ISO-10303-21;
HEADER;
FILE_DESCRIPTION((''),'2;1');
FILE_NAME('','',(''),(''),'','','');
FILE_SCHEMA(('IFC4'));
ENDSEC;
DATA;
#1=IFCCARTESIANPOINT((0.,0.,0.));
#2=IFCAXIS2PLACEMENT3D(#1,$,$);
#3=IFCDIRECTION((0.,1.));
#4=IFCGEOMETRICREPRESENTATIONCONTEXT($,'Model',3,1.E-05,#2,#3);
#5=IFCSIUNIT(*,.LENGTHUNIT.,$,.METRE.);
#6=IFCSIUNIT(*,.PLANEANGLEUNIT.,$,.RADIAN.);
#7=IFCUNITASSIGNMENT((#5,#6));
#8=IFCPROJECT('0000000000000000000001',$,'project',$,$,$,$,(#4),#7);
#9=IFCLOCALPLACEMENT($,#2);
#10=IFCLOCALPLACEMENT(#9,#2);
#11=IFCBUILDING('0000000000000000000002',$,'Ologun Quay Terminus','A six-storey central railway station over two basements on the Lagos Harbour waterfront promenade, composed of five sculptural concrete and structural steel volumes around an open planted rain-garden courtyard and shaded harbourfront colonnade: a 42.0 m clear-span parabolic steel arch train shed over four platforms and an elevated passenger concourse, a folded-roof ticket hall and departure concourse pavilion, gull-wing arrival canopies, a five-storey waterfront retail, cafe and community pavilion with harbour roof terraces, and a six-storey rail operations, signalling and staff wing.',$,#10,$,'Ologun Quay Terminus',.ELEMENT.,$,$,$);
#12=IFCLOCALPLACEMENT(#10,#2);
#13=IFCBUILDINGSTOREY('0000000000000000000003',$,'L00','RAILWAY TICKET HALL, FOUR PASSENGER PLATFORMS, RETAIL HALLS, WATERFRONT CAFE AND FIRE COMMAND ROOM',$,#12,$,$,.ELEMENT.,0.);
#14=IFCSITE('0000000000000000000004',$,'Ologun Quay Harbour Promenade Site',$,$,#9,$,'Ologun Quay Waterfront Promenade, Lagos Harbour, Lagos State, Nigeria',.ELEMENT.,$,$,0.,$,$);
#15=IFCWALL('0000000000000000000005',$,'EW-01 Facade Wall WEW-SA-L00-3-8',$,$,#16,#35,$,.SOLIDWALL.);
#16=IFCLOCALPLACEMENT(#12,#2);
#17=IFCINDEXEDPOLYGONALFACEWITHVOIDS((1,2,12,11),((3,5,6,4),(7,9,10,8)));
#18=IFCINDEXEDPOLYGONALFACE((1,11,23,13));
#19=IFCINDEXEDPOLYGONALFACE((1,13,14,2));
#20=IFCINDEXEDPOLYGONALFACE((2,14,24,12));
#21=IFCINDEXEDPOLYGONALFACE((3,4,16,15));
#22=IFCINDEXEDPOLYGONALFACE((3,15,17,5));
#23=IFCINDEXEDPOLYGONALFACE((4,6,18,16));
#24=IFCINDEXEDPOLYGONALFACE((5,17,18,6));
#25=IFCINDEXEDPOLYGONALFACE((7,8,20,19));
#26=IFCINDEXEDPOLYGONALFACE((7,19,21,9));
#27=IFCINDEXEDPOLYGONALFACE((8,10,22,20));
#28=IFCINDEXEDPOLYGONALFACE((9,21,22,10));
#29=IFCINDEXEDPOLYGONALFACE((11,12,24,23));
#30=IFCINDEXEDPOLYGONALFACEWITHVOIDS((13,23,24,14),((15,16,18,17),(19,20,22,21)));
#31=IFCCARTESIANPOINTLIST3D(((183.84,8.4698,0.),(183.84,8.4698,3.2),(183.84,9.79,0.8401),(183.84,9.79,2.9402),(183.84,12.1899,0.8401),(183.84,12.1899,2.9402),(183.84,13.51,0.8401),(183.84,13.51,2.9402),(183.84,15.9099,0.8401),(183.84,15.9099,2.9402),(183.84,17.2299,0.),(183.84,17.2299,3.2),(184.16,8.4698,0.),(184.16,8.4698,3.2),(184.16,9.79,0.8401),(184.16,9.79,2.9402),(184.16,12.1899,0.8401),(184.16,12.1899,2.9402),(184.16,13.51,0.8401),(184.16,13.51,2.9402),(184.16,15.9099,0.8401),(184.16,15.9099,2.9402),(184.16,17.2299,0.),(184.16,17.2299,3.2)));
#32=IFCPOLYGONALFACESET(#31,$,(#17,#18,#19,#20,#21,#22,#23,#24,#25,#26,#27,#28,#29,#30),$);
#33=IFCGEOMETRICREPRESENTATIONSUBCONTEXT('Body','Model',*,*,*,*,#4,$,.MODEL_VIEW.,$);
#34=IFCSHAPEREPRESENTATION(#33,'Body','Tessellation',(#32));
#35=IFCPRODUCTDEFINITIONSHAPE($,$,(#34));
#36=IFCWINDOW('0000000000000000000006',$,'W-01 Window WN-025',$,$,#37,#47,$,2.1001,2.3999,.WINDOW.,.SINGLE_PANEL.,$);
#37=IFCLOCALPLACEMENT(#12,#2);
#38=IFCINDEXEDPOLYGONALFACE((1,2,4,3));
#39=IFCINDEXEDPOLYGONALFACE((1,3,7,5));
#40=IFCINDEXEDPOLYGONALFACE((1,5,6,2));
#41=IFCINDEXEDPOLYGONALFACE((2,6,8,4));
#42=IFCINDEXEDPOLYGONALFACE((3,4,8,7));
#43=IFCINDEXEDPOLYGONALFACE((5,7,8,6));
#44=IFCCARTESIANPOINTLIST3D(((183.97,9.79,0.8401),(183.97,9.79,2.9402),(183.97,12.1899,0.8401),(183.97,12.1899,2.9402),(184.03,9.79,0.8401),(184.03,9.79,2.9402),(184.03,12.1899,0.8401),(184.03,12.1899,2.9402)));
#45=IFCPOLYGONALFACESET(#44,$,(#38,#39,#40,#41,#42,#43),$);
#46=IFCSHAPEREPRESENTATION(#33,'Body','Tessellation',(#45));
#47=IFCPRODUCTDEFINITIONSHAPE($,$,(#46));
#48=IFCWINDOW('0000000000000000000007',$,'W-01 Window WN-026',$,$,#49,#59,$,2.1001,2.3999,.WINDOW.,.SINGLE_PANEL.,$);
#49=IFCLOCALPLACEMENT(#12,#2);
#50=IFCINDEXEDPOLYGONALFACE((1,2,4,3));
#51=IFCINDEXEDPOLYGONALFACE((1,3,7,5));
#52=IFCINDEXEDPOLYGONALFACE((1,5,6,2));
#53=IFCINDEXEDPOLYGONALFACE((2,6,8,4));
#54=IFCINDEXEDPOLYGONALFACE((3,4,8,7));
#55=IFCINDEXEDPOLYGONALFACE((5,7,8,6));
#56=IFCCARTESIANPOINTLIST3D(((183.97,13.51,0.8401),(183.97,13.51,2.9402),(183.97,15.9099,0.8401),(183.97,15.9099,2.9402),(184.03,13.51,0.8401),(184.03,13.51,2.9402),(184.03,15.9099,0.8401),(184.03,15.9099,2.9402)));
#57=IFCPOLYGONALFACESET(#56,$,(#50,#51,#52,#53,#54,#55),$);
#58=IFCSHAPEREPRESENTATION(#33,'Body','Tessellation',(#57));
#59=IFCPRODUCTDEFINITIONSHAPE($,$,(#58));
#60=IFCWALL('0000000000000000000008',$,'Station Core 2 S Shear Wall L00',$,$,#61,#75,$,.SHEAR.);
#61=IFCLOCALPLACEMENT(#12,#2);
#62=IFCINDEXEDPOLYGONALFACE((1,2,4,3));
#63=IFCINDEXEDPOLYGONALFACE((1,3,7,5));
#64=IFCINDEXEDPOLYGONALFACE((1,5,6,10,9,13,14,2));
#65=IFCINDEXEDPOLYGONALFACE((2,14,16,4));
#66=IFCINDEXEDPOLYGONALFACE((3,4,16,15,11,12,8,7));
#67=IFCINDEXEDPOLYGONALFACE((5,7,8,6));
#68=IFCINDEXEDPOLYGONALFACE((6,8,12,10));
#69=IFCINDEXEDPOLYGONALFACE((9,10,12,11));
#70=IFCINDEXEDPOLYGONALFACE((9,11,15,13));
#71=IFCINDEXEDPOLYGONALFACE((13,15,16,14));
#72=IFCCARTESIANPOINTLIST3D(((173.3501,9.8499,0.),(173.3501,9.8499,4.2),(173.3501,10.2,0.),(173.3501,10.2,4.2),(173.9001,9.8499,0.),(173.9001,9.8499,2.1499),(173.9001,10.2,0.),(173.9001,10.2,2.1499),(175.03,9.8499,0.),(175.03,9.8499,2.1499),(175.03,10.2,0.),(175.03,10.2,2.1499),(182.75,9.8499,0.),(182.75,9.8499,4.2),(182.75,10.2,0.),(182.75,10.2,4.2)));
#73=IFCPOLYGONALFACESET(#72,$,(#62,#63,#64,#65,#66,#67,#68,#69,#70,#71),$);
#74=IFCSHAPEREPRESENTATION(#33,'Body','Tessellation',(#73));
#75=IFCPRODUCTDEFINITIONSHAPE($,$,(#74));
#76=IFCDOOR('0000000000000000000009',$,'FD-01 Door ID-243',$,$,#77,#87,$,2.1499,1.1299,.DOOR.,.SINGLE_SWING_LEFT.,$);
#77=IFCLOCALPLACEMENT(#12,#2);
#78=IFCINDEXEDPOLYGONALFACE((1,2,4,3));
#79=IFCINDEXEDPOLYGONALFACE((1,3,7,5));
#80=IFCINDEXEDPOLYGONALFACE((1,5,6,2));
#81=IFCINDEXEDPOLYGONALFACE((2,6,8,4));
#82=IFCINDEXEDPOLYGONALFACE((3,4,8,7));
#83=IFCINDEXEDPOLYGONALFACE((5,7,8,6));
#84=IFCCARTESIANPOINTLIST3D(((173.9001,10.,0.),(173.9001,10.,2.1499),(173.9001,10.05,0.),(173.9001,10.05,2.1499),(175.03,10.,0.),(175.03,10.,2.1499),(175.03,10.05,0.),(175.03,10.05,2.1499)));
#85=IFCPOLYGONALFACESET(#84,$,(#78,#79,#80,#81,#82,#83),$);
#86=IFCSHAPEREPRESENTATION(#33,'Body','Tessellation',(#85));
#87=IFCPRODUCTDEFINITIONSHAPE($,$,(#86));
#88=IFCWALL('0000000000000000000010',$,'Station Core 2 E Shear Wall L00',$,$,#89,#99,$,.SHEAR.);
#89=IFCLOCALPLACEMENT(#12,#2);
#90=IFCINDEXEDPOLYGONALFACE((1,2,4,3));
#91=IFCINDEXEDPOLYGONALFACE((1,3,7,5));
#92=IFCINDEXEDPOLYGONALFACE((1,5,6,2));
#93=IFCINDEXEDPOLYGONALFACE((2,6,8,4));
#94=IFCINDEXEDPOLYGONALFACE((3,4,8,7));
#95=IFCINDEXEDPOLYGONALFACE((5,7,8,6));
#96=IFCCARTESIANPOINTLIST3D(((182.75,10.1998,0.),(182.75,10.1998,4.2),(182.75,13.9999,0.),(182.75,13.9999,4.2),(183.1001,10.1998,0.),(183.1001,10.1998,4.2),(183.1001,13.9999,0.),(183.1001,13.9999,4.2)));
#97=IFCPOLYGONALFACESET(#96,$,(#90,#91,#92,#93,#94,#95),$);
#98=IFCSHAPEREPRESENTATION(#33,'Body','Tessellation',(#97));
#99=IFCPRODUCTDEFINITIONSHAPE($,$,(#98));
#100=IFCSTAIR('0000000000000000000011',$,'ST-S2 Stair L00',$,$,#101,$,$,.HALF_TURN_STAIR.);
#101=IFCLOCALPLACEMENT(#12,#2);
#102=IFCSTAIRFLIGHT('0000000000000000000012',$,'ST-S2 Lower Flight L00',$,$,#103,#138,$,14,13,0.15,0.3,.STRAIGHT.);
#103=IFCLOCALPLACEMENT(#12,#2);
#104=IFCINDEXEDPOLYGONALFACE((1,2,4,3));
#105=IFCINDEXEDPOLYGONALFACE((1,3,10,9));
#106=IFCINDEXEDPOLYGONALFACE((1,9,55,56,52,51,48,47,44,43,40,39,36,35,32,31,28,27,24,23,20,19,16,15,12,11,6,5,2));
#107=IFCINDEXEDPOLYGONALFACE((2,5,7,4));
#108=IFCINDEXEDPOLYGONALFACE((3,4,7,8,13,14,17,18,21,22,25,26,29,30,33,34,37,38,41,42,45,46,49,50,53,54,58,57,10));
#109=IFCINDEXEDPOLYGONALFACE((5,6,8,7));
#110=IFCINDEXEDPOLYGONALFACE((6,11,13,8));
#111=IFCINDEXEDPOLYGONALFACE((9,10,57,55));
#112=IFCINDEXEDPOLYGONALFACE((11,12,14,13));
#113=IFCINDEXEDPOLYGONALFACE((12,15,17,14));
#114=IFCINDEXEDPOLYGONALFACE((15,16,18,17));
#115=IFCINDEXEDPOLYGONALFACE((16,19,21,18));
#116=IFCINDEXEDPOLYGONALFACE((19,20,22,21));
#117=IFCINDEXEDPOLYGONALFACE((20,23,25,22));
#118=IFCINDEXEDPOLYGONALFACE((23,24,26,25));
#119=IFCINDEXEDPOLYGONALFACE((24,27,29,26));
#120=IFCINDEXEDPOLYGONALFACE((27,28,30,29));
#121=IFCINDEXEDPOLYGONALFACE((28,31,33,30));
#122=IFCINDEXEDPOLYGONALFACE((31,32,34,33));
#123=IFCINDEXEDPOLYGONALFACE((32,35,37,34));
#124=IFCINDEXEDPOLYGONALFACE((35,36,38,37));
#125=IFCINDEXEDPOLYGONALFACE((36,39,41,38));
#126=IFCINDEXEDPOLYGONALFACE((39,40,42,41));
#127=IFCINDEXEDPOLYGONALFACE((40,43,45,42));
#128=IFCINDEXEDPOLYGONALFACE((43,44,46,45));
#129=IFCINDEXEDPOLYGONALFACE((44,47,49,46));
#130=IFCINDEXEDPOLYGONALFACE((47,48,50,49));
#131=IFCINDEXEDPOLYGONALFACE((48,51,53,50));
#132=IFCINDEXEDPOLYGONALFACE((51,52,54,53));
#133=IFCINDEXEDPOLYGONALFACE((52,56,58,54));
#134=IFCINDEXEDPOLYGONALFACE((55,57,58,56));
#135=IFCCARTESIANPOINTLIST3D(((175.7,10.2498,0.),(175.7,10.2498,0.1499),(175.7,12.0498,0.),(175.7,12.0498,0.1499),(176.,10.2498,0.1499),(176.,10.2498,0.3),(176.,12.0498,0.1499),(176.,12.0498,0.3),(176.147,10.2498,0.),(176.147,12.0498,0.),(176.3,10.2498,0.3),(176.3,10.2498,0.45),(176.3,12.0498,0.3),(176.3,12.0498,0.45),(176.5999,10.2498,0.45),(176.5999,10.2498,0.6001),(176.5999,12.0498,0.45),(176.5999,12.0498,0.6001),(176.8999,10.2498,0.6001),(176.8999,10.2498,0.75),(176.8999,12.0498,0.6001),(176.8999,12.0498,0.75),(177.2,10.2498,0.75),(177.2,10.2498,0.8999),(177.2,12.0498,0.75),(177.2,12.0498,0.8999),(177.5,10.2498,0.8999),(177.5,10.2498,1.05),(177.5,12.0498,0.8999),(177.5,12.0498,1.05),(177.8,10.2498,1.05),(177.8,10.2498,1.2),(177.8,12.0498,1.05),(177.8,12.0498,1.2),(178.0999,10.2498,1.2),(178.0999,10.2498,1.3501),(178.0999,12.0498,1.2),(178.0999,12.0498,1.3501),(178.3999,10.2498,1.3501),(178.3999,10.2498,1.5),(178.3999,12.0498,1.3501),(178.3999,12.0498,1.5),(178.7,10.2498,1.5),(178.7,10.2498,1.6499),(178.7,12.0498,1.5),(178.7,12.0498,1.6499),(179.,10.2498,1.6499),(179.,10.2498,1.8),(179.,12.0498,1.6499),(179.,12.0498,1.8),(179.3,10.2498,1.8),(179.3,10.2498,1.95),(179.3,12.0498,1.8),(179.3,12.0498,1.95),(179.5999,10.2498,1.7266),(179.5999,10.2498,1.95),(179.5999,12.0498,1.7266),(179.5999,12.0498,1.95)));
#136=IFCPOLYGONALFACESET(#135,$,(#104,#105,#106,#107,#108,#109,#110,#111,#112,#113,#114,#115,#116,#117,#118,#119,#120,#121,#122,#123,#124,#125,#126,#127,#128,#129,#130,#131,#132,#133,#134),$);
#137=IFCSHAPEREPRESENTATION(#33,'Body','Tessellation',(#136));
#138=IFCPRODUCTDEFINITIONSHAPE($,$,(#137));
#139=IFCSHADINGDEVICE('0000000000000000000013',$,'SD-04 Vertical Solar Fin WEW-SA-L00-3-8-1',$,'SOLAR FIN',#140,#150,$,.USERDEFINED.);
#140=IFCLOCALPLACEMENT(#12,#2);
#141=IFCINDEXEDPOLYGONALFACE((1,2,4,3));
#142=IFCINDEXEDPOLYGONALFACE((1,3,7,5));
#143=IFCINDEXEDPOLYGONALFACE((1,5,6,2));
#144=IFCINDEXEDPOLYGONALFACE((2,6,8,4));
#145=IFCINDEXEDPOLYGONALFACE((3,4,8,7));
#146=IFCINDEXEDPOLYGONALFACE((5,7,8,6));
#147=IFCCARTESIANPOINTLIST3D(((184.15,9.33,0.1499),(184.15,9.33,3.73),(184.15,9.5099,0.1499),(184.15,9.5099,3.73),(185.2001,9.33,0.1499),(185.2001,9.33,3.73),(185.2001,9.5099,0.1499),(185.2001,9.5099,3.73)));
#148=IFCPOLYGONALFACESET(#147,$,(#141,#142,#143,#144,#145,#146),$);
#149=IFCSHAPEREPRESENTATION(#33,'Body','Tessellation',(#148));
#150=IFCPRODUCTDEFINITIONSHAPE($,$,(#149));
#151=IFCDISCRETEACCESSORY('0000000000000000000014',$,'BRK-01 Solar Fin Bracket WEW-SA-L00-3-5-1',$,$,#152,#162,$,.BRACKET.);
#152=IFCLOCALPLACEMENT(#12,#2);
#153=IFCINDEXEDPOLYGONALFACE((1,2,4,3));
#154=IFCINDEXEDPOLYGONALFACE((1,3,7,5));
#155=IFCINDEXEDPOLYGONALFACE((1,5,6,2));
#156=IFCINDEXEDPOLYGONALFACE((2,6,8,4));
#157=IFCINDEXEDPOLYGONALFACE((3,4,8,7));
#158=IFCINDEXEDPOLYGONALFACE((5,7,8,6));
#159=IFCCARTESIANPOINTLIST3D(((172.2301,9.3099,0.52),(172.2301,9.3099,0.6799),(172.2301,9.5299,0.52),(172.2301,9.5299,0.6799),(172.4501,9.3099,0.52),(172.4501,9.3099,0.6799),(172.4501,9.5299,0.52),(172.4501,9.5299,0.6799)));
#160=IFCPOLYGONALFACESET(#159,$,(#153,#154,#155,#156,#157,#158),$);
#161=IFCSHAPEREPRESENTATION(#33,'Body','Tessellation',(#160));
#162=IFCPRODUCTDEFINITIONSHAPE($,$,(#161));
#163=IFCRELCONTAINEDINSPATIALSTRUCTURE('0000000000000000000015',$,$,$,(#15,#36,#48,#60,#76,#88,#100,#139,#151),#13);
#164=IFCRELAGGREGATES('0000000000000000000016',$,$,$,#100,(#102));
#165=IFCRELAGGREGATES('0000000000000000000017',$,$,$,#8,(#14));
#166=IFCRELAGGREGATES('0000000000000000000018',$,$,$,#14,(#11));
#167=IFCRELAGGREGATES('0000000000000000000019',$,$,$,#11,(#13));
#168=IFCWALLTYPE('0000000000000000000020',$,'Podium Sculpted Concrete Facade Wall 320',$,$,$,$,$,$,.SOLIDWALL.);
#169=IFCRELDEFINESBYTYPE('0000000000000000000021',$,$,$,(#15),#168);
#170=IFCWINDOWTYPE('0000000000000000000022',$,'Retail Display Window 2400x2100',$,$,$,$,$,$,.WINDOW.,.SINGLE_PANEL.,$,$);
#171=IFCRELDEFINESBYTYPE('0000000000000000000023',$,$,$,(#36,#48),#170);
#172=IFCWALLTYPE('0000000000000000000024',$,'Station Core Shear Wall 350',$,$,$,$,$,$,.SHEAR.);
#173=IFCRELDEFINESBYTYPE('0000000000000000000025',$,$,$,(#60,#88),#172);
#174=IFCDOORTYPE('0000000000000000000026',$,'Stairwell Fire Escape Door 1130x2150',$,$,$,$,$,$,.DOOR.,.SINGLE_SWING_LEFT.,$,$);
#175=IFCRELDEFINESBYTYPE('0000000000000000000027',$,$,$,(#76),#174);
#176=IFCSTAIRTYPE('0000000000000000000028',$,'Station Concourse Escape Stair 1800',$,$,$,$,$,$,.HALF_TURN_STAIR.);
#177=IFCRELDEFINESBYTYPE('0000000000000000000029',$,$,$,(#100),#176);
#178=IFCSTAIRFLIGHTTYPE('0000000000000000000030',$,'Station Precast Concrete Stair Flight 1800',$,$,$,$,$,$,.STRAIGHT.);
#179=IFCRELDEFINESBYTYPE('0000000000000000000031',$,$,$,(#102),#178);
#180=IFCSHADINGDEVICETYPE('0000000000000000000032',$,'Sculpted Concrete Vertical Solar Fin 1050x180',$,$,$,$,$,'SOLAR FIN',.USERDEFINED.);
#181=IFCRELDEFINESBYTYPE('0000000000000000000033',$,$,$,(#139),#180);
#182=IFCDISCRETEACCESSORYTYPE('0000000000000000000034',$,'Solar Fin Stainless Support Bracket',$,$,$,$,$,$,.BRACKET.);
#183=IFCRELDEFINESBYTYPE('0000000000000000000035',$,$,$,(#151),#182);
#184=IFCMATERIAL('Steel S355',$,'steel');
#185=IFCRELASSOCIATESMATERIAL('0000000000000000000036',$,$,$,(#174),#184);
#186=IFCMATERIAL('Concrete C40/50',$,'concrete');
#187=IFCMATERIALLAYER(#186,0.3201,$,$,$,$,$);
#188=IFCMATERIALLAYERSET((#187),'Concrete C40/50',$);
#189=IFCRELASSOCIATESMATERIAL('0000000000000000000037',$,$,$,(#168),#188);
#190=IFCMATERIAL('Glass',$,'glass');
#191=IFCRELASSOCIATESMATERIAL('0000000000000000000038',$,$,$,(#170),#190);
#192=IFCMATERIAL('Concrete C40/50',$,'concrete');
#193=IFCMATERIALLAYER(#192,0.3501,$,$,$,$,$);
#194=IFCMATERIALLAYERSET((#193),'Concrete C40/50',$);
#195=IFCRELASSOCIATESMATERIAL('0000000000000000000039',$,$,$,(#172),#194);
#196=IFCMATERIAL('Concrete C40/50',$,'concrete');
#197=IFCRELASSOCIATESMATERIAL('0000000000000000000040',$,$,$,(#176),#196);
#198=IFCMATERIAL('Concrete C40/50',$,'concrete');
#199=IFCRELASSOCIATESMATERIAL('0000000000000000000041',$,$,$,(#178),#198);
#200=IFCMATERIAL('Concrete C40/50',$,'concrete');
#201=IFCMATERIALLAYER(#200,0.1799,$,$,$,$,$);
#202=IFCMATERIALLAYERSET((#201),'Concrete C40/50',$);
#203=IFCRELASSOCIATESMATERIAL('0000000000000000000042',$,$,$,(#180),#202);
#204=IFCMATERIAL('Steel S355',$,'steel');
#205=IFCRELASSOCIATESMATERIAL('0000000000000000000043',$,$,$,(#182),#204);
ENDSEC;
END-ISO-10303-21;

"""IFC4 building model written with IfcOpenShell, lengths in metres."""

from ifc_helpers import new_model, si_unit, direction, frame, frame_2d, origin, origin_2d, place, context, subcontext, project, spatial, polyline, rectangle, outline, extrude, material, layer, layer_set, type_object, element, fill, aggregate, save


model = new_model("IFC4")

# Units and contexts
model_context = context("Model", 3, precision=1e-05, world=origin(), true_north=direction((0.0, 1.0)))
body_context = subcontext(model_context, "Body", "Model", "MODEL_VIEW")
ifc_project = project(units=[si_unit("LENGTHUNIT", "METRE"), si_unit("PLANEANGLEUNIT", "RADIAN")], contexts=[model_context])

# Site, building, storey
site_placement = place(None, origin())
site = spatial("IfcSite", under=ifc_project, at=site_placement, Name="Ologun Quay Harbour Promenade Site", LongName="Ologun Quay Waterfront Promenade, Lagos Harbour, Lagos State, Nigeria", CompositionType="ELEMENT", RefElevation=0.0)
building_placement = place(site_placement, origin())
building = spatial("IfcBuilding", under=site, at=building_placement, Name="Ologun Quay Terminus", Description="A six-storey central railway station over two basements on the Lagos Harbour waterfront promenade, composed of five sculptural concrete and structural steel volumes around an open planted rain-garden courtyard and shaded harbourfront colonnade: a 42.0 m clear-span parabolic steel arch train shed over four platforms and an elevated passenger concourse, a folded-roof ticket hall and departure concourse pavilion, gull-wing arrival canopies, a five-storey waterfront retail, cafe and community pavilion with harbour roof terraces, and a six-storey rail operations, signalling and staff wing.", LongName="Ologun Quay Terminus", CompositionType="ELEMENT")
storey_placement = place(building_placement, origin())
storey = spatial("IfcBuildingStorey", under=building, at=storey_placement, Name="L00", Description="RAILWAY TICKET HALL, FOUR PASSENGER PLATFORMS, RETAIL HALLS, WATERFRONT CAFE AND FIRE COMMAND ROOM", CompositionType="ELEMENT", Elevation=0.0)

# Shared definitions
ifc_material_1 = material(Name="Steel S355", Category="steel")
door_type = type_object("IfcDoorType", Name="Stairwell Fire Escape Door 1130x2150", OperationType="SINGLE_SWING_LEFT", PredefinedType="DOOR", material=ifc_material_1)

# Wall, openings, windows
ifc_material_2 = material(Name="Concrete C40/50", Category="concrete")
ifc_layer_1 = layer(ifc_material_2, 0.3201)
ifc_layer_set_1 = layer_set([ifc_layer_1], Name="Concrete C40/50")
wall_type_1 = type_object("IfcWallType", Name="Podium Sculpted Concrete Facade Wall 320", PredefinedType="SOLIDWALL", material=ifc_layer_set_1)
wall_1_placement = place(storey_placement, frame((184.0, 8.47, 0.0), z_axis=(0.0, 0.0, 1.0), x_axis=(0.0, 1.0, 0.0)))
wall_1 = element("IfcWall", 1, at=wall_1_placement, inside=storey, type_object=wall_type_1, Name="EW-01 Facade Wall WEW-SA-L00-3-8", PredefinedType="SOLIDWALL", context=body_context, shape_type="SweptSolid", body=[
    extrude(rectangle(XDim=8.76, YDim=0.3201, at=frame_2d((4.3799, 0.0))), origin(), (0.0, 0.0, 1.0), 3.2),
])
opening_1_placement = place(wall_1_placement, frame((1.3201, 0.0, 0.8401)))
opening_1 = element("IfcOpeningElement", 2, at=opening_1_placement, cuts=wall_1, PredefinedType="OPENING", context=body_context, shape_type="SweptSolid", body=[
    extrude(rectangle(XDim=2.3999, YDim=2.1001, at=frame_2d((1.2, 1.05))), frame((0.0, 0.1699, 0.0), z_axis=(0.0, -1.0, 0.0), x_axis=(1.0, 0.0, 0.0)), (0.0, 0.0, 1.0), 0.3401),
])
opening_2_placement = place(wall_1_placement, frame((5.04, 0.0, 0.8401)))
opening_2 = element("IfcOpeningElement", 3, at=opening_2_placement, cuts=wall_1, PredefinedType="OPENING", context=body_context, shape_type="SweptSolid", body=[
    extrude(rectangle(XDim=2.3999, YDim=2.1001, at=frame_2d((1.2, 1.05))), frame((0.0, 0.1699, 0.0), z_axis=(0.0, -1.0, 0.0), x_axis=(1.0, 0.0, 0.0)), (0.0, 0.0, 1.0), 0.3401),
])
ifc_material_3 = material(Name="Glass", Category="glass")
window_type_1 = type_object("IfcWindowType", Name="Retail Display Window 2400x2100", PartitioningType="SINGLE_PANEL", PredefinedType="WINDOW", material=ifc_material_3)
window_1_placement = place(opening_1_placement, origin())
window_1 = element("IfcWindow", 4, at=window_1_placement, inside=storey, type_object=window_type_1, Name="W-01 Window WN-025", OverallHeight=2.1001, OverallWidth=2.3999, PartitioningType="SINGLE_PANEL", PredefinedType="WINDOW", context=body_context, shape_type="SweptSolid", body=[
    extrude(rectangle(XDim=2.3999, YDim=2.1001, at=frame_2d((1.2, 1.05))), frame((0.0, 0.03, 0.0), z_axis=(0.0, -1.0, 0.0), x_axis=(1.0, 0.0, 0.0)), (0.0, 0.0, 1.0), 0.0601),
])
fill(opening_1, window_1)
window_2_placement = place(opening_2_placement, origin())
window_2 = element("IfcWindow", 5, at=window_2_placement, inside=storey, type_object=window_type_1, Name="W-01 Window WN-026", OverallHeight=2.1001, OverallWidth=2.3999, PartitioningType="SINGLE_PANEL", PredefinedType="WINDOW", context=body_context, shape_type="SweptSolid", body=[
    extrude(rectangle(XDim=2.3999, YDim=2.1001, at=frame_2d((1.2, 1.05))), frame((0.0, 0.03, 0.0), z_axis=(0.0, -1.0, 0.0), x_axis=(1.0, 0.0, 0.0)), (0.0, 0.0, 1.0), 0.0601),
])
fill(opening_2, window_2)

# Wall, opening, door
ifc_material_4 = material(Name="Concrete C40/50", Category="concrete")
ifc_layer_2 = layer(ifc_material_4, 0.3501)
ifc_layer_set_2 = layer_set([ifc_layer_2], Name="Concrete C40/50")
wall_type_2 = type_object("IfcWallType", Name="Station Core Shear Wall 350", PredefinedType="SHEAR", material=ifc_layer_set_2)
wall_2_placement = place(storey_placement, frame((173.3501, 10.0249, 0.0), z_axis=(0.0, 0.0, 1.0), x_axis=(1.0, 0.0, 0.0)))
wall_2 = element("IfcWall", 6, at=wall_2_placement, inside=storey, type_object=wall_type_2, Name="Station Core 2 S Shear Wall L00", PredefinedType="SHEAR", context=body_context, shape_type="SweptSolid", body=[
    extrude(rectangle(XDim=9.3999, YDim=0.3501, at=frame_2d((4.7, 0.0))), origin(), (0.0, 0.0, 1.0), 4.2),
])
opening_3_placement = place(wall_2_placement, frame((0.55, 0.0, 0.0)))
opening_3 = element("IfcOpeningElement", 7, at=opening_3_placement, cuts=wall_2, PredefinedType="OPENING", context=body_context, shape_type="SweptSolid", body=[
    extrude(rectangle(XDim=1.1299, YDim=2.1499, at=frame_2d((0.5649, 1.075))), frame((0.0, 0.1851, 0.0), z_axis=(0.0, -1.0, 0.0), x_axis=(1.0, 0.0, 0.0)), (0.0, 0.0, 1.0), 0.3701),
])
door_1_placement = place(opening_3_placement, frame((0.5649, 0.0, 0.0), z_axis=(0.0, 0.0, 1.0), x_axis=(-1.0, 0.0, 0.0)))
door_1 = element("IfcDoor", 8, at=door_1_placement, inside=storey, type_object=door_type, Name="FD-01 Door ID-243", OperationType="SINGLE_SWING_LEFT", OverallHeight=2.1499, OverallWidth=1.1299, PredefinedType="DOOR", context=body_context, shape_type="SweptSolid", body=[
    extrude(rectangle(XDim=1.1299, YDim=2.1499, at=frame_2d((0.0, 1.075))), frame((0.0, 0.0249, 0.0), z_axis=(0.0, -1.0, 0.0), x_axis=(1.0, 0.0, 0.0)), (0.0, 0.0, 1.0), 0.05),
])
fill(opening_3, door_1)

# Wall
wall_3_placement = place(storey_placement, frame((182.925, 10.2, 0.0), z_axis=(0.0, 0.0, 1.0), x_axis=(0.0, 1.0, 0.0)))
element("IfcWall", 9, at=wall_3_placement, inside=storey, type_object=wall_type_2, Name="Station Core 2 E Shear Wall L00", PredefinedType="SHEAR", context=body_context, shape_type="SweptSolid", body=[
    extrude(rectangle(XDim=3.8, YDim=0.3501, at=frame_2d((1.8999, 0.0))), origin(), (0.0, 0.0, 1.0), 4.2),
])

# Stair, stair flight
ifc_material_5 = material(Name="Concrete C40/50", Category="concrete")
stair_type = type_object("IfcStairType", Name="Station Concourse Escape Stair 1800", PredefinedType="HALF_TURN_STAIR", material=ifc_material_5)
stair_placement = place(storey_placement, origin())
stair = element("IfcStair", 10, at=stair_placement, inside=storey, type_object=stair_type, Name="ST-S2 Stair L00", PredefinedType="HALF_TURN_STAIR")
ifc_material_6 = material(Name="Concrete C40/50", Category="concrete")
stair_flight_type = type_object("IfcStairFlightType", Name="Station Precast Concrete Stair Flight 1800", PredefinedType="STRAIGHT", material=ifc_material_6)
stair_flight_placement = place(storey_placement, frame((175.7, 11.1499, 0.0), z_axis=(0.0, 0.0, 1.0), x_axis=(1.0, 0.0, 0.0)))
stair_flight = element("IfcStairFlight", 11, at=stair_flight_placement, type_object=stair_flight_type, Name="ST-S2 Lower Flight L00", NumberOfRisers=14, NumberOfTreads=13, PredefinedType="STRAIGHT", RiserHeight=0.15, TreadLength=0.3, context=body_context, shape_type="SweptSolid", body=[
    extrude(outline(polyline([(0.0, 0.0), (0.0, 0.1499), (0.3, 0.1499), (0.3, 0.3), (0.6001, 0.3), (0.6001, 0.45), (0.8999, 0.45), (0.8999, 0.6001), (1.2, 0.6001), (1.2, 0.75), (1.5, 0.75), (1.5, 0.8999), (1.8, 0.8999), (1.8, 1.05), (2.1001, 1.05), (2.1001, 1.2), (2.3999, 1.2), (2.3999, 1.3501), (2.7, 1.3501), (2.7, 1.5), (3.0, 1.5), (3.0, 1.6499), (3.3, 1.6499), (3.3, 1.8), (3.6001, 1.8), (3.6001, 1.95), (3.8999, 1.95), (3.8999, 2.1001), (3.8999, 1.7266), (0.447, 0.0), (0.0, 0.0)])), frame((0.0, 0.8999, 0.0), z_axis=(0.0, -1.0, 0.0), x_axis=(1.0, 0.0, 0.0)), (0.0, 0.0, 1.0), 1.8),
])
aggregate(stair, [stair_flight])

# Shading device
ifc_material_7 = material(Name="Concrete C40/50", Category="concrete")
ifc_layer_3 = layer(ifc_material_7, 0.1799)
ifc_layer_set_3 = layer_set([ifc_layer_3], Name="Concrete C40/50")
shading_device_type = type_object("IfcShadingDeviceType", Name="Sculpted Concrete Vertical Solar Fin 1050x180", ElementType="SOLAR FIN", PredefinedType="USERDEFINED", material=ifc_layer_set_3)
shading_device_placement = place(storey_placement, frame((184.675, 9.4199, 0.1499), z_axis=(0.0, 0.0, 1.0), x_axis=(1.0, 0.0, 0.0)))
element("IfcShadingDevice", 12, at=shading_device_placement, inside=storey, type_object=shading_device_type, Name="SD-04 Vertical Solar Fin WEW-SA-L00-3-8-1", ObjectType="SOLAR FIN", PredefinedType="USERDEFINED", context=body_context, shape_type="SweptSolid", body=[
    extrude(rectangle(XDim=1.05, YDim=0.1799, at=origin_2d()), origin(), (0.0, 0.0, 1.0), 3.5801),
])

# Discrete accessory
ifc_material_8 = material(Name="Steel S355", Category="steel")
discrete_accessory_type = type_object("IfcDiscreteAccessoryType", Name="Solar Fin Stainless Support Bracket", PredefinedType="BRACKET", material=ifc_material_8)
for number, where, z_axis, x_axis, name in (
    (13, (172.3401, 9.4199, 0.52), (0.0, 0.0, 1.0), (1.0, 0.0, 0.0), "BRK-01 Solar Fin Bracket WEW-SA-L00-3-5-1"),
):
    element("IfcDiscreteAccessory", number, at=place(storey_placement, frame(where, z_axis=z_axis, x_axis=x_axis)), inside=storey, type_object=discrete_accessory_type, Name=name, PredefinedType="BRACKET", context=body_context, shape_type="SweptSolid", body=[
        extrude(rectangle(XDim=0.22, YDim=0.22, at=origin_2d()), origin(), (0.0, 0.0, 1.0), 0.1599),
    ])

save(model, "model.ifc")
